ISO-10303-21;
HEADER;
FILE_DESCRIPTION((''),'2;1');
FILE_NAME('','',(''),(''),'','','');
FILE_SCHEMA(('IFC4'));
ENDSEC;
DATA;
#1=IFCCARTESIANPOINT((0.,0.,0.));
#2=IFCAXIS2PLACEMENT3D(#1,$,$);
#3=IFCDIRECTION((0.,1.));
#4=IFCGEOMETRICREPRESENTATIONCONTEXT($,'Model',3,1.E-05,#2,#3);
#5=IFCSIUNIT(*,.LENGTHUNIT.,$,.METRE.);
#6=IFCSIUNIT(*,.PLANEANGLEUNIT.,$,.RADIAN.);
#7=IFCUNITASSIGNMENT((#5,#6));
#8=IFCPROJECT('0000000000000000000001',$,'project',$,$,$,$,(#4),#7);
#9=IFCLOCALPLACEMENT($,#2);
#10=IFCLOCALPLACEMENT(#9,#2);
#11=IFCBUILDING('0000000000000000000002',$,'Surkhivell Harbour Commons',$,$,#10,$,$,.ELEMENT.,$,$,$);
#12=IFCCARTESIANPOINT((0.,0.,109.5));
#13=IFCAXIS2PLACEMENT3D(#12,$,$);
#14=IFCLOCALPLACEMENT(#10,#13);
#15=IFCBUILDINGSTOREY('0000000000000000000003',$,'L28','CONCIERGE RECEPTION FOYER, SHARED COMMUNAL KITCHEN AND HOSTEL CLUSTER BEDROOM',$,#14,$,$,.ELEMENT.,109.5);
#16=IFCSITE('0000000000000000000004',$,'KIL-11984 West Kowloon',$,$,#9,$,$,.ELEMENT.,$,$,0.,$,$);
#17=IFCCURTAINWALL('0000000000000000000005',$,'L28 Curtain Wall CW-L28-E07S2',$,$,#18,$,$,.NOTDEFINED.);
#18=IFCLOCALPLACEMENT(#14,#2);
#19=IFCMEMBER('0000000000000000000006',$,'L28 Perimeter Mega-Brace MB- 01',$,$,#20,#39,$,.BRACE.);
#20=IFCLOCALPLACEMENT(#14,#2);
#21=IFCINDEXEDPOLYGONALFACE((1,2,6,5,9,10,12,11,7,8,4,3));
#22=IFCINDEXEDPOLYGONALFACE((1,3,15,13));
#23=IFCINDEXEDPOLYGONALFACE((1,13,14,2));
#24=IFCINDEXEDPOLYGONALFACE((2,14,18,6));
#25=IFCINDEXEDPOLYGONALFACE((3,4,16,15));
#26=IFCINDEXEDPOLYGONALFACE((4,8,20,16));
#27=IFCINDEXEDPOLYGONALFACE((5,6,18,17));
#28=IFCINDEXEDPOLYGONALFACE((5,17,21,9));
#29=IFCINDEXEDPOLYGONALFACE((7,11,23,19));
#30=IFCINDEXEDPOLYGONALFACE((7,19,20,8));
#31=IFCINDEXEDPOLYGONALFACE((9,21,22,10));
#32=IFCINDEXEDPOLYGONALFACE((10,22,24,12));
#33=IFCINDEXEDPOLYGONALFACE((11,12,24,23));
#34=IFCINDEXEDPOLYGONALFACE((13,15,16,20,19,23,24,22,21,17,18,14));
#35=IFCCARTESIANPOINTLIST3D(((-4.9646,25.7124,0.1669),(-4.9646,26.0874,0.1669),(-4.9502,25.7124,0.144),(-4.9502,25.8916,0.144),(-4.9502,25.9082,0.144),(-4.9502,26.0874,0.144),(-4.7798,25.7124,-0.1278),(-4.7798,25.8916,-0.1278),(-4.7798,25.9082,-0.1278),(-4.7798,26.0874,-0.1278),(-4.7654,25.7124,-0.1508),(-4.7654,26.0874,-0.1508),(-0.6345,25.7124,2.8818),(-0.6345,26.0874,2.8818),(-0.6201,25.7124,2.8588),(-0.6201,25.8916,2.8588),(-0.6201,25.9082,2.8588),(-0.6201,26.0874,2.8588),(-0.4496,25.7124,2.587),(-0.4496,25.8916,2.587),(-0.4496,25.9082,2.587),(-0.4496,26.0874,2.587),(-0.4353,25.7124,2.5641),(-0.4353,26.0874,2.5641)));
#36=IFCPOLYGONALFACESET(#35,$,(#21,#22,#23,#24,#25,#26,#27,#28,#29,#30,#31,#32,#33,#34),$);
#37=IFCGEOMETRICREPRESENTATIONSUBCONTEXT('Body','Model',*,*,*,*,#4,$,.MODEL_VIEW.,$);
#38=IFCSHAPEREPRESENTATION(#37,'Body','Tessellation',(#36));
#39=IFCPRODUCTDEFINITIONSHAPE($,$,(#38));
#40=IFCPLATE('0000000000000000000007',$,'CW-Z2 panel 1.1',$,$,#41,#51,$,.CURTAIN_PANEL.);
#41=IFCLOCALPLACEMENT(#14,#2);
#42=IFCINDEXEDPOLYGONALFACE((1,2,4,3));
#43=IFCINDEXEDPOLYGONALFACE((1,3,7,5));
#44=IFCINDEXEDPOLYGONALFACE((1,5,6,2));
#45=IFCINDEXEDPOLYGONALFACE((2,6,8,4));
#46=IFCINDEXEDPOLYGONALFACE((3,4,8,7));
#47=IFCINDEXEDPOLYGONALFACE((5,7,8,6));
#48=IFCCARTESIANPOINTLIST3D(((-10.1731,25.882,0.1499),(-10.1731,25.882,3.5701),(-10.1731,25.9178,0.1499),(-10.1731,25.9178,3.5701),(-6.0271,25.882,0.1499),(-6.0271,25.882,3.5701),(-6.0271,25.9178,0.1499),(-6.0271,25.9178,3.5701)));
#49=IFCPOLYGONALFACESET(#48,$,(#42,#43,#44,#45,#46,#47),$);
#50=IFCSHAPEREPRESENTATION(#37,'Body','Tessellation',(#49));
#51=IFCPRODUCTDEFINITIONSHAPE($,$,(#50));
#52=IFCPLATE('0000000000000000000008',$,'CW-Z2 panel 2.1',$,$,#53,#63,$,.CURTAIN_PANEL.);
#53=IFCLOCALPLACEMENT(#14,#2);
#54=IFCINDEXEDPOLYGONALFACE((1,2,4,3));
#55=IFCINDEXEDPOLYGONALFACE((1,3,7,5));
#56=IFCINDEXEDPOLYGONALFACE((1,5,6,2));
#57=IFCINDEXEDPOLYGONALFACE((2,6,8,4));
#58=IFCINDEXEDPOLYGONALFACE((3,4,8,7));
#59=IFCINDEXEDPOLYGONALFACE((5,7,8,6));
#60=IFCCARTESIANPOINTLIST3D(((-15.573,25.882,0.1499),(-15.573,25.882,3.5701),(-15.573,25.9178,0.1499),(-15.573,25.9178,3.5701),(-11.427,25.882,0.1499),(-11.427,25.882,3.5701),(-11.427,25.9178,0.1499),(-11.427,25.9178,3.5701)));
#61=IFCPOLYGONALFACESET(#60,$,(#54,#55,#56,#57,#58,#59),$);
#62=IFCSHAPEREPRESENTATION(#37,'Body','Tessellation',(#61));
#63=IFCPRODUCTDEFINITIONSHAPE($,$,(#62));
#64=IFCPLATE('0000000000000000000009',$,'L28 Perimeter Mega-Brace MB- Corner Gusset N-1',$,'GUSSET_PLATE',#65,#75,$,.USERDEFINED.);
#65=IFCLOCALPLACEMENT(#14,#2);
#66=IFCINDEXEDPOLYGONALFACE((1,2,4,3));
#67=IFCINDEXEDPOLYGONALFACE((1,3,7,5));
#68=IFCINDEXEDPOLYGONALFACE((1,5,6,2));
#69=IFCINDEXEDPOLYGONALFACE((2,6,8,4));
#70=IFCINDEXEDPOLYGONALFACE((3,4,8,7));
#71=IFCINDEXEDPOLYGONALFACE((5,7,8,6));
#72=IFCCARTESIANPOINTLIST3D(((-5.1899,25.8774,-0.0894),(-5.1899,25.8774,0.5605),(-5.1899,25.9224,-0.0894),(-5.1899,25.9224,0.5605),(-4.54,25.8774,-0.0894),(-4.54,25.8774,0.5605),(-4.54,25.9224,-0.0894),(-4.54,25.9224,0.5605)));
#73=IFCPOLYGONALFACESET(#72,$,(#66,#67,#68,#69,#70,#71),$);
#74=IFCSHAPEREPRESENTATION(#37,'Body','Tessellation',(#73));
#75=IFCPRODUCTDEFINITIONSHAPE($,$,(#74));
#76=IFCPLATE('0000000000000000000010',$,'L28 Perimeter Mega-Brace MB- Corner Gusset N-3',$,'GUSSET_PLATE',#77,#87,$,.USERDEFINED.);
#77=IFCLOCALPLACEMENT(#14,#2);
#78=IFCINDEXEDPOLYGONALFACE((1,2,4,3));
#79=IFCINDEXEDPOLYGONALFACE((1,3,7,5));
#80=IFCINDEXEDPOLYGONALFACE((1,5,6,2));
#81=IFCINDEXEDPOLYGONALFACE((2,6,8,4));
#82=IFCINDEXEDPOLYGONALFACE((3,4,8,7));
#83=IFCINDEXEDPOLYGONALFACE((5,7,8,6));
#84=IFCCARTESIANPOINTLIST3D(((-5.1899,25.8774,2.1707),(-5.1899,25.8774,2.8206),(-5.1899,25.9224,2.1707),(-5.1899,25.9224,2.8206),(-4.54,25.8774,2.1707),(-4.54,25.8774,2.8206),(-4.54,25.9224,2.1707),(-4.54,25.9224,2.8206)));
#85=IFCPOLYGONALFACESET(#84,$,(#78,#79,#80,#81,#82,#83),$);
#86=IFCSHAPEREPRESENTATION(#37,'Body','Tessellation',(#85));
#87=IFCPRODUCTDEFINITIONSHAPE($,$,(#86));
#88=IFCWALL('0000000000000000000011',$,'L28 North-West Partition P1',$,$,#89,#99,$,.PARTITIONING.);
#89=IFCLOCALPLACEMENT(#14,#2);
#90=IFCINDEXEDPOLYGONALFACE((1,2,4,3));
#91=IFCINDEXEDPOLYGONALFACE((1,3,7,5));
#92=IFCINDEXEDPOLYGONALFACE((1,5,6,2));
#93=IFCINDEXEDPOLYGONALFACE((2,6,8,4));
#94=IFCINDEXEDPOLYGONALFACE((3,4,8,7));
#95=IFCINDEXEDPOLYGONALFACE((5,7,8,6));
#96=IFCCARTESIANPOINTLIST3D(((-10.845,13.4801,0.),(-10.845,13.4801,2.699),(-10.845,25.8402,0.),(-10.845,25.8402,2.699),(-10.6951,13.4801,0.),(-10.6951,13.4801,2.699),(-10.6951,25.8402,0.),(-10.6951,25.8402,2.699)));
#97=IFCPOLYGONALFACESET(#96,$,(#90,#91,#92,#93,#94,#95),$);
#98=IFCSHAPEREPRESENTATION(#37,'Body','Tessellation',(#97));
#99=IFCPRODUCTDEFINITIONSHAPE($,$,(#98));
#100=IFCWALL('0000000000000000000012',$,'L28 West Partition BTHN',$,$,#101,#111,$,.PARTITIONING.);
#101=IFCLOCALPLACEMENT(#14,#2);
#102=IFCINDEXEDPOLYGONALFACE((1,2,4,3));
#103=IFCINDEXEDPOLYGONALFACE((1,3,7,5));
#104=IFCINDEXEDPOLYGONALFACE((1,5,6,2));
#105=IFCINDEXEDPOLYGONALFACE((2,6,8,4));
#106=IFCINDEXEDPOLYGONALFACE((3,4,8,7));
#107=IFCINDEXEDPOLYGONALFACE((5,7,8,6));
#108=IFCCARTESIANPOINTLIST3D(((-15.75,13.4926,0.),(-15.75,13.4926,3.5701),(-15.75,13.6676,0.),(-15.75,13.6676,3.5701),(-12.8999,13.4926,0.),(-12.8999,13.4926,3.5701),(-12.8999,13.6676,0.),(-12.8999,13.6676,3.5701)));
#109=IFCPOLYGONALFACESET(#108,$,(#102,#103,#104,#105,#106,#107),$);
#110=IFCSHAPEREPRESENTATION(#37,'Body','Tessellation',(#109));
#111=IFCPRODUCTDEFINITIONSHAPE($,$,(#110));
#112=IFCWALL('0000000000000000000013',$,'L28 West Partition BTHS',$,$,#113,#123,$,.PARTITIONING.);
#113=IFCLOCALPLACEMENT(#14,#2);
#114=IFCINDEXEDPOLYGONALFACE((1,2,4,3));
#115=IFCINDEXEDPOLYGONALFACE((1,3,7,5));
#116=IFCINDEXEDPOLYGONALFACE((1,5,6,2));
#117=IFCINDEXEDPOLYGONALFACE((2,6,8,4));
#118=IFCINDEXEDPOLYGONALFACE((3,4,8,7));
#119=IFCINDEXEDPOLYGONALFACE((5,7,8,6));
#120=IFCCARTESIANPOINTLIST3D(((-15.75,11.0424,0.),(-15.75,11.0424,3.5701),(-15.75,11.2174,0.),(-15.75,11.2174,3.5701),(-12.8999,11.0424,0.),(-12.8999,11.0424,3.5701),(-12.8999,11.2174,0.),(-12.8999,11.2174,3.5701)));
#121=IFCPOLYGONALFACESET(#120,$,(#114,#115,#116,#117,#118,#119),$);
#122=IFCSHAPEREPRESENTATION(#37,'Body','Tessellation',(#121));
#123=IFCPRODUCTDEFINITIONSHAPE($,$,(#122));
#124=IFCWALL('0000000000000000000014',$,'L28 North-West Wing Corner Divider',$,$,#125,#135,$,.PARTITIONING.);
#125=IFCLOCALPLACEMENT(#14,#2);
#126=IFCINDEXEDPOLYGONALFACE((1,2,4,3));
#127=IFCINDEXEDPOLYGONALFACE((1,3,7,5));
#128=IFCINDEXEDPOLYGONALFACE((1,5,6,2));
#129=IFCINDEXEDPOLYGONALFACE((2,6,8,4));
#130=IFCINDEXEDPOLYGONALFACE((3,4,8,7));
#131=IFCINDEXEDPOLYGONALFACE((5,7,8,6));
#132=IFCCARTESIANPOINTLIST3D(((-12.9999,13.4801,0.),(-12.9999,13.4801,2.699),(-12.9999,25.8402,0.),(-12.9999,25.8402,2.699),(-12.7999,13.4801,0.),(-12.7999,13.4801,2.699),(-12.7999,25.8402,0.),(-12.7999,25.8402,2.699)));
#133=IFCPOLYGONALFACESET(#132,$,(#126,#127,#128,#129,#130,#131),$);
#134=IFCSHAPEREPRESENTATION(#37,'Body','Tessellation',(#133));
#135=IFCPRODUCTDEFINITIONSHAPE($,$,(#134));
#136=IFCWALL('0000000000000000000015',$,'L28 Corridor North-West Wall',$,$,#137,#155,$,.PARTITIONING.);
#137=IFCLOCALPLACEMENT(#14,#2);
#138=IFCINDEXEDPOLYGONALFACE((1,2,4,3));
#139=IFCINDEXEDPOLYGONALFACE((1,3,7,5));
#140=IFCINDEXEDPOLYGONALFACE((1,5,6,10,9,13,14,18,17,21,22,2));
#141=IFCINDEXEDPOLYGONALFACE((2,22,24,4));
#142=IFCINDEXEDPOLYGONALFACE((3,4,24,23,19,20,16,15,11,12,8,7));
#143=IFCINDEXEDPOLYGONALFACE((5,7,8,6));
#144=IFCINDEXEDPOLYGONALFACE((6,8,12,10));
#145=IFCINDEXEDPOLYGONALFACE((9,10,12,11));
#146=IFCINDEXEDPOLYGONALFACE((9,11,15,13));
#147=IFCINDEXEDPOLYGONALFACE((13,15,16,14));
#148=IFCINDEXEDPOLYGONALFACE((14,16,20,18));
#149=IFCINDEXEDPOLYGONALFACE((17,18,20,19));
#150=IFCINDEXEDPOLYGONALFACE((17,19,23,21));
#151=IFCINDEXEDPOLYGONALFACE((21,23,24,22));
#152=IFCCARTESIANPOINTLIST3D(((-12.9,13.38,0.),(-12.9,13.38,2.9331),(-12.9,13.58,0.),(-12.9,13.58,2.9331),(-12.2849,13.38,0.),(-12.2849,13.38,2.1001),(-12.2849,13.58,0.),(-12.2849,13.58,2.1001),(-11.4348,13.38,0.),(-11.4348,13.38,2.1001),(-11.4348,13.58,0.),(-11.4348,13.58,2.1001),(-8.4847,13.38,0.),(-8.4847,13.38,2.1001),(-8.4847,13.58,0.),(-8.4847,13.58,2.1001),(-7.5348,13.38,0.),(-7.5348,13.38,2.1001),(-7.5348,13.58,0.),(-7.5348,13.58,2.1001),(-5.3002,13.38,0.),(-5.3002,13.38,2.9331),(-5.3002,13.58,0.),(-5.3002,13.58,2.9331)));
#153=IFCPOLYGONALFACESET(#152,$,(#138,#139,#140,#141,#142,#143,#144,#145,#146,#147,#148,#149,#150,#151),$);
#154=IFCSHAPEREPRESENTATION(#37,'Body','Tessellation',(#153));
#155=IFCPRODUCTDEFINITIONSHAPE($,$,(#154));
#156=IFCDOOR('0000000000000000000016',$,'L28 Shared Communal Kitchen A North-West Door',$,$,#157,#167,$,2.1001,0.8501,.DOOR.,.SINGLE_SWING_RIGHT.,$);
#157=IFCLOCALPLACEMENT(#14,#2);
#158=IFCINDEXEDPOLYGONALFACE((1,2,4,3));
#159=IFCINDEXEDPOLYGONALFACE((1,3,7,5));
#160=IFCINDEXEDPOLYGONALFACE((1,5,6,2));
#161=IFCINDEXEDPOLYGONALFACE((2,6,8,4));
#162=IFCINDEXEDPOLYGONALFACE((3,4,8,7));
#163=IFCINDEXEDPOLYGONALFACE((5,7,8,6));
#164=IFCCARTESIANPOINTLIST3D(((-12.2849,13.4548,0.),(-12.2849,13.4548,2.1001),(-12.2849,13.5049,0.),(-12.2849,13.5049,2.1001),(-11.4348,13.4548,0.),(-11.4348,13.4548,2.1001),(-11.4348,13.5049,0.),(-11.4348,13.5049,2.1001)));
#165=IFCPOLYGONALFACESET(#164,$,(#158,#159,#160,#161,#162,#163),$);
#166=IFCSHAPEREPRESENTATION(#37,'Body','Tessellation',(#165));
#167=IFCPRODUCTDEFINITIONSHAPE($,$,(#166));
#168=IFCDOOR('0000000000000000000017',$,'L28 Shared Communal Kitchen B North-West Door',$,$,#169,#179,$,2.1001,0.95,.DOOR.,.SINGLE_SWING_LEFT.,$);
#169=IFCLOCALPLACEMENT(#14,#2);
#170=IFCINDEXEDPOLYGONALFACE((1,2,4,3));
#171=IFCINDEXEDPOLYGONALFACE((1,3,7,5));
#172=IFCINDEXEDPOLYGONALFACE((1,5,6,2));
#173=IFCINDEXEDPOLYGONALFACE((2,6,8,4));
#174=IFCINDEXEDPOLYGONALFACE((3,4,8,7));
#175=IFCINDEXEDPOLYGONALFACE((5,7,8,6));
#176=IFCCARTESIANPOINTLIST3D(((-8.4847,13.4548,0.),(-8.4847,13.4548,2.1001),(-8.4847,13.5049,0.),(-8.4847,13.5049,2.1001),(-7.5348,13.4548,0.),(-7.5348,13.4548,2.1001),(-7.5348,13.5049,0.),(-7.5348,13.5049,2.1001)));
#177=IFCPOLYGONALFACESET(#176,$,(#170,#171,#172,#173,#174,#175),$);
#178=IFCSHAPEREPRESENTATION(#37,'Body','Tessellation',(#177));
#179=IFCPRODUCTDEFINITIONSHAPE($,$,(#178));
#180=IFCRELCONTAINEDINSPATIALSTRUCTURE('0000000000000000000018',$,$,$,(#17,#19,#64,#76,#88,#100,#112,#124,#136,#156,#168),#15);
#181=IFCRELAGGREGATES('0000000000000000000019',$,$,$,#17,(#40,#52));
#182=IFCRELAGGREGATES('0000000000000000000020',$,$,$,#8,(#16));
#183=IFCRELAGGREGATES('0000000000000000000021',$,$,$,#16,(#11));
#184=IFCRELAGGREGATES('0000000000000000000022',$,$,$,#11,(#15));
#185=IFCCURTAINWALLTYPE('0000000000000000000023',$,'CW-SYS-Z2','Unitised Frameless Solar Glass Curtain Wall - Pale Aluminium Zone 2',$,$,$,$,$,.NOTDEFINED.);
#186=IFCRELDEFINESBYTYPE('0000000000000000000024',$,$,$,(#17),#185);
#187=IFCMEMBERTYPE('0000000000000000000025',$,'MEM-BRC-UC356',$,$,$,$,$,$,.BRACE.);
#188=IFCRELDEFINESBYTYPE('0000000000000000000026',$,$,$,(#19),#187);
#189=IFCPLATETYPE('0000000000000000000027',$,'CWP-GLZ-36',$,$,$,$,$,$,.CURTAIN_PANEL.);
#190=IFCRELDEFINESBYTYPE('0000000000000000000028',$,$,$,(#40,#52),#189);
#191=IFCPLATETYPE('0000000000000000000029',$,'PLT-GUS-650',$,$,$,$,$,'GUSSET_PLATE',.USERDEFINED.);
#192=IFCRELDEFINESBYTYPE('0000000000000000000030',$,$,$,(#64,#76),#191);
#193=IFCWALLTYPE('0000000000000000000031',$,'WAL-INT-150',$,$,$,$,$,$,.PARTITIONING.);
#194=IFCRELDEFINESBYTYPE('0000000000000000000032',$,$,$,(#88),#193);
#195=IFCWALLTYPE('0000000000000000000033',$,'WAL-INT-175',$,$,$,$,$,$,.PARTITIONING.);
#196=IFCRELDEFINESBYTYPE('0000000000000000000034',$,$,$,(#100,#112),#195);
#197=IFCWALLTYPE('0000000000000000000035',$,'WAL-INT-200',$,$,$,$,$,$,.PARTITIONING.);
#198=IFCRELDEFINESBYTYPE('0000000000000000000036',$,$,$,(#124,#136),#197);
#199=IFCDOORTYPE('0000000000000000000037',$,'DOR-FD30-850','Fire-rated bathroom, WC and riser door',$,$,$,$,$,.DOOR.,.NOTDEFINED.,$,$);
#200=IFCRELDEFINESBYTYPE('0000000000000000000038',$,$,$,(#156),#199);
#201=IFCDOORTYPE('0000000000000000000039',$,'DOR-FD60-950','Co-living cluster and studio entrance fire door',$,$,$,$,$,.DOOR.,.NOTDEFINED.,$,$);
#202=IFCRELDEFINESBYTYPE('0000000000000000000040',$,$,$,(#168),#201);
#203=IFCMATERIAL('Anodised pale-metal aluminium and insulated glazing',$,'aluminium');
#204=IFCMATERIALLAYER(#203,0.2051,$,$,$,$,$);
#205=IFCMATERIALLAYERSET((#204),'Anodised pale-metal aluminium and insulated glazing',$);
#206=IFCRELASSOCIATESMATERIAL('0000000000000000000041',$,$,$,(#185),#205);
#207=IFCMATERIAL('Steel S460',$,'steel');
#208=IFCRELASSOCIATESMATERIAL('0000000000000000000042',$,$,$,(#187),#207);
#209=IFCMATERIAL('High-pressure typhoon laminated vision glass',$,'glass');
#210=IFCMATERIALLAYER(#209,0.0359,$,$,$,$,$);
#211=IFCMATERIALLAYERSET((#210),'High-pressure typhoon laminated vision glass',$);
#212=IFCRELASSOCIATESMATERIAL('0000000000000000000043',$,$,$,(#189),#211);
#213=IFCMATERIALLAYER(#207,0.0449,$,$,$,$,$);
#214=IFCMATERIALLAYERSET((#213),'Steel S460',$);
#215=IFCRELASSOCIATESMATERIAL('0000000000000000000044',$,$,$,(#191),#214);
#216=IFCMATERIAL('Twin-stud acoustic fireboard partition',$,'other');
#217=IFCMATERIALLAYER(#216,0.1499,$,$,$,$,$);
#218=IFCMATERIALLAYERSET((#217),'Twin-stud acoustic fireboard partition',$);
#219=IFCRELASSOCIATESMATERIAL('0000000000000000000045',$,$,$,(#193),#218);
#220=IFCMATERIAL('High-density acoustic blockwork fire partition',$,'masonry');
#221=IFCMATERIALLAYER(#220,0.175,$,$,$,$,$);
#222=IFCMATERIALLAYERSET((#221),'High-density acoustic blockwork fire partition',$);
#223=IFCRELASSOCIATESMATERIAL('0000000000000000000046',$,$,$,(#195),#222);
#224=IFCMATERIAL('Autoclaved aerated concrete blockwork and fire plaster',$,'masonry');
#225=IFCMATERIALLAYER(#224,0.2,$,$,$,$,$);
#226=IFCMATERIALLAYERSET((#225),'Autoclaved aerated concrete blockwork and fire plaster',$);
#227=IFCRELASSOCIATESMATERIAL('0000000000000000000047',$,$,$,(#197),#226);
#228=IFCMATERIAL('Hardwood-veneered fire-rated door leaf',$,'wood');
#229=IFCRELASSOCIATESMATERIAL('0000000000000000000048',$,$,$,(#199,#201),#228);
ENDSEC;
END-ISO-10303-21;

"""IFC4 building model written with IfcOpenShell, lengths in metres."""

from ifc_helpers import new_model, si_unit, direction, frame, frame_2d, origin, origin_2d, place, context, subcontext, project, spatial, rectangle, i_section, extrude, material, layer, layer_set, material_profile, profile_set, type_object, element, fill, aggregate, save


model = new_model("IFC4")

# Units and contexts
model_context = context("Model", 3, precision=1e-05, world=origin(), true_north=direction((0.0, 1.0)))
body_context = subcontext(model_context, "Body", "Model", "MODEL_VIEW")
ifc_project = project(units=[si_unit("LENGTHUNIT", "METRE"), si_unit("PLANEANGLEUNIT", "RADIAN")], contexts=[model_context])

# Site, building, storey
site_placement = place(None, origin())
site = spatial("IfcSite", under=ifc_project, at=site_placement, Name="KIL-11984 West Kowloon", CompositionType="ELEMENT", RefElevation=0.0)
building_placement = place(site_placement, origin())
building = spatial("IfcBuilding", under=site, at=building_placement, Name="Surkhivell Harbour Commons", CompositionType="ELEMENT")
storey_placement = place(building_placement, frame((0.0, 0.0, 109.5)))
storey = spatial("IfcBuildingStorey", under=building, at=storey_placement, Name="L28", Description="CONCIERGE RECEPTION FOYER, SHARED COMMUNAL KITCHEN AND HOSTEL CLUSTER BEDROOM", CompositionType="ELEMENT", Elevation=109.5)

# Shared definitions
ifc_material_1 = material(Name="Steel S460", Category="steel")

# Curtain wall
ifc_material_2 = material(Name="Anodised pale-metal aluminium and insulated glazing", Category="aluminium")
ifc_layer_1 = layer(ifc_material_2, 0.2051)
ifc_layer_set_1 = layer_set([ifc_layer_1], Name="Anodised pale-metal aluminium and insulated glazing")
curtain_wall_type = type_object("IfcCurtainWallType", Name="CW-SYS-Z2", Description="Unitised Frameless Solar Glass Curtain Wall - Pale Aluminium Zone 2", PredefinedType="NOTDEFINED", material=ifc_layer_set_1)
curtain_wall_placement = place(storey_placement, origin())
curtain_wall = element("IfcCurtainWall", 1, at=curtain_wall_placement, inside=storey, type_object=curtain_wall_type, Name="L28 Curtain Wall CW-L28-E07S2", PredefinedType="NOTDEFINED")

# Member
ifc_material_profile_1 = material_profile(ifc_material_1, i_section(OverallWidth=0.375, OverallDepth=0.375, WebThickness=0.0166, FlangeThickness=0.0271, at=origin_2d()), Name="UC356x368x202")
ifc_profile_set_1 = profile_set([ifc_material_profile_1], Name="Steel S460")
member_type_1 = type_object("IfcMemberType", Name="MEM-BRC-UC356", PredefinedType="BRACE", material=ifc_profile_set_1)
member_1_placement = place(storey_placement, frame((-4.865, 25.8999, 0.0081), z_axis=(0.847246, 0.0, 0.531201), x_axis=(0.0, 1.0, 0.0)))
element("IfcMember", 2, at=member_1_placement, inside=storey, type_object=member_type_1, Name="L28 Perimeter Mega-Brace MB- 01", PredefinedType="BRACE", context=body_context, shape_type="SweptSolid", body=[
    extrude(i_section(OverallWidth=0.375, OverallDepth=0.375, WebThickness=0.0166, FlangeThickness=0.0271, at=origin_2d()), origin(), (0.0, 0.0, 1.0), 5.1108),
])

# Plates
ifc_material_3 = material(Name="High-pressure typhoon laminated vision glass", Category="glass")
ifc_layer_2 = layer(ifc_material_3, 0.0359)
ifc_layer_set_2 = layer_set([ifc_layer_2], Name="High-pressure typhoon laminated vision glass")
plate_type_1 = type_object("IfcPlateType", Name="CWP-GLZ-36", PredefinedType="CURTAIN_PANEL", material=ifc_layer_set_2)
plate_1_placement = place(storey_placement, frame((-6.0271, 25.8999, 0.1499), z_axis=(0.0, 0.0, 1.0), x_axis=(-1.0, 0.0, 0.0)))
plate_1 = element("IfcPlate", 3, at=plate_1_placement, type_object=plate_type_1, Name="CW-Z2 panel 1.1", PredefinedType="CURTAIN_PANEL", context=body_context, shape_type="SweptSolid", body=[
    extrude(rectangle(XDim=4.146, YDim=0.0359, at=frame_2d((2.073, 0.0))), origin(), (0.0, 0.0, 1.0), 3.4202),
])
plate_2_placement = place(storey_placement, frame((-11.427, 25.8999, 0.1499), z_axis=(0.0, 0.0, 1.0), x_axis=(-1.0, 0.0, 0.0)))
plate_2 = element("IfcPlate", 4, at=plate_2_placement, type_object=plate_type_1, Name="CW-Z2 panel 2.1", PredefinedType="CURTAIN_PANEL", context=body_context, shape_type="SweptSolid", body=[
    extrude(rectangle(XDim=4.146, YDim=0.0359, at=frame_2d((2.073, 0.0))), origin(), (0.0, 0.0, 1.0), 3.4202),
])
aggregate(curtain_wall, [plate_1, plate_2])

# Plates
ifc_layer_3 = layer(ifc_material_1, 0.0449)
ifc_layer_set_3 = layer_set([ifc_layer_3], Name="Steel S460")
plate_type_2 = type_object("IfcPlateType", Name="PLT-GUS-650", ElementType="GUSSET_PLATE", PredefinedType="USERDEFINED", material=ifc_layer_set_3)
for number, where, z_axis, x_axis, name in (
    (5, (-4.865, 25.8999, -0.0894), (0.0, 0.0, 1.0), (1.0, 0.0, 0.0), "L28 Perimeter Mega-Brace MB- Corner Gusset N-1"),
    (6, (-4.865, 25.8999, 2.1707), (0.0, 0.0, 1.0), (1.0, 0.0, 0.0), "L28 Perimeter Mega-Brace MB- Corner Gusset N-3"),
):
    element("IfcPlate", number, at=place(storey_placement, frame(where, z_axis=z_axis, x_axis=x_axis)), inside=storey, type_object=plate_type_2, Name=name, ObjectType="GUSSET_PLATE", PredefinedType="USERDEFINED", context=body_context, shape_type="SweptSolid", body=[
        extrude(rectangle(XDim=0.6499, YDim=0.0449, at=origin_2d()), origin(), (0.0, 0.0, 1.0), 0.6499),
    ])

# Walls
ifc_material_4 = material(Name="Twin-stud acoustic fireboard partition", Category="other")
ifc_layer_4 = layer(ifc_material_4, 0.1499)
ifc_layer_set_4 = layer_set([ifc_layer_4], Name="Twin-stud acoustic fireboard partition")
wall_type_1 = type_object("IfcWallType", Name="WAL-INT-150", PredefinedType="PARTITIONING", material=ifc_layer_set_4)
wall_1_placement = place(storey_placement, frame((-10.77, 13.48, 0.0), z_axis=(0.0, 0.0, 1.0), x_axis=(0.0, 1.0, 0.0)))
element("IfcWall", 7, at=wall_1_placement, inside=storey, type_object=wall_type_1, Name="L28 North-West Partition P1", PredefinedType="PARTITIONING", context=body_context, shape_type="SweptSolid", body=[
    extrude(rectangle(XDim=12.3601, YDim=0.1499, at=frame_2d((6.1802, 0.0))), origin(), (0.0, 0.0, 1.0), 2.699),
])
ifc_material_5 = material(Name="High-density acoustic blockwork fire partition", Category="masonry")
ifc_layer_5 = layer(ifc_material_5, 0.175)
ifc_layer_set_5 = layer_set([ifc_layer_5], Name="High-density acoustic blockwork fire partition")
wall_type_2 = type_object("IfcWallType", Name="WAL-INT-175", PredefinedType="PARTITIONING", material=ifc_layer_set_5)
for number, where, z_axis, x_axis, name in (
    (8, (-15.75, 13.5801, 0.0), (0.0, 0.0, 1.0), (1.0, 0.0, 0.0), "L28 West Partition BTHN"),
    (9, (-15.75, 11.1299, 0.0), (0.0, 0.0, 1.0), (1.0, 0.0, 0.0), "L28 West Partition BTHS"),
):
    element("IfcWall", number, at=place(storey_placement, frame(where, z_axis=z_axis, x_axis=x_axis)), inside=storey, type_object=wall_type_2, Name=name, PredefinedType="PARTITIONING", context=body_context, shape_type="SweptSolid", body=[
        extrude(rectangle(XDim=2.8501, YDim=0.175, at=frame_2d((1.425, 0.0))), origin(), (0.0, 0.0, 1.0), 3.5701),
    ])
ifc_material_6 = material(Name="Autoclaved aerated concrete blockwork and fire plaster", Category="masonry")
ifc_layer_6 = layer(ifc_material_6, 0.2)
ifc_layer_set_6 = layer_set([ifc_layer_6], Name="Autoclaved aerated concrete blockwork and fire plaster")
wall_type_3 = type_object("IfcWallType", Name="WAL-INT-200", PredefinedType="PARTITIONING", material=ifc_layer_set_6)
wall_2_placement = place(storey_placement, frame((-12.8999, 13.48, 0.0), z_axis=(0.0, 0.0, 1.0), x_axis=(0.0, 1.0, 0.0)))
element("IfcWall", 10, at=wall_2_placement, inside=storey, type_object=wall_type_3, Name="L28 North-West Wing Corner Divider", PredefinedType="PARTITIONING", context=body_context, shape_type="SweptSolid", body=[
    extrude(rectangle(XDim=12.3601, YDim=0.2, at=frame_2d((6.1802, 0.0))), origin(), (0.0, 0.0, 1.0), 2.699),
])

# Wall, openings, doors
wall_3_placement = place(storey_placement, frame((-12.8999, 13.48, 0.0), z_axis=(0.0, 0.0, 1.0), x_axis=(1.0, 0.0, 0.0)))
wall_3 = element("IfcWall", 11, at=wall_3_placement, inside=storey, type_object=wall_type_3, Name="L28 Corridor North-West Wall", PredefinedType="PARTITIONING", context=body_context, shape_type="SweptSolid", body=[
    extrude(rectangle(XDim=7.5999, YDim=0.2, at=frame_2d((3.7998, 0.0))), origin(), (0.0, 0.0, 1.0), 2.9331),
])
opening_1_placement = place(wall_3_placement, frame((0.615, 0.0, 0.0)))
opening_1 = element("IfcOpeningElement", 12, at=opening_1_placement, cuts=wall_3, PredefinedType="OPENING", context=body_context, shape_type="SweptSolid", body=[
    extrude(rectangle(XDim=0.8501, YDim=2.1001, at=frame_2d((0.425, 1.05))), frame((0.0, 0.1099, 0.0), z_axis=(0.0, -1.0, 0.0), x_axis=(1.0, 0.0, 0.0)), (0.0, 0.0, 1.0), 0.22),
])
opening_2_placement = place(wall_3_placement, frame((4.415, 0.0, 0.0)))
opening_2 = element("IfcOpeningElement", 13, at=opening_2_placement, cuts=wall_3, PredefinedType="OPENING", context=body_context, shape_type="SweptSolid", body=[
    extrude(rectangle(XDim=0.95, YDim=2.1001, at=frame_2d((0.4751, 1.05))), frame((0.0, 0.1099, 0.0), z_axis=(0.0, -1.0, 0.0), x_axis=(1.0, 0.0, 0.0)), (0.0, 0.0, 1.0), 0.22),
])
ifc_material_7 = material(Name="Hardwood-veneered fire-rated door leaf", Category="wood")
door_type_1 = type_object("IfcDoorType", Name="DOR-FD30-850", Description="Fire-rated bathroom, WC and riser door", OperationType="NOTDEFINED", PredefinedType="DOOR", material=ifc_material_7)
door_1_placement = place(opening_1_placement, origin())
door_1 = element("IfcDoor", 14, at=door_1_placement, inside=storey, type_object=door_type_1, Name="L28 Shared Communal Kitchen A North-West Door", OperationType="SINGLE_SWING_RIGHT", OverallHeight=2.1001, OverallWidth=0.8501, PredefinedType="DOOR", context=body_context, shape_type="SweptSolid", body=[
    extrude(rectangle(XDim=0.8501, YDim=2.1001, at=frame_2d((0.425, 1.05))), frame((0.0, 0.0249, 0.0), z_axis=(0.0, -1.0, 0.0), x_axis=(1.0, 0.0, 0.0)), (0.0, 0.0, 1.0), 0.05),
])
fill(opening_1, door_1)
door_type_2 = type_object("IfcDoorType", Name="DOR-FD60-950", Description="Co-living cluster and studio entrance fire door", OperationType="NOTDEFINED", PredefinedType="DOOR", material=ifc_material_7)
door_2_placement = place(opening_2_placement, origin())
door_2 = element("IfcDoor", 15, at=door_2_placement, inside=storey, type_object=door_type_2, Name="L28 Shared Communal Kitchen B North-West Door", OperationType="SINGLE_SWING_LEFT", OverallHeight=2.1001, OverallWidth=0.95, PredefinedType="DOOR", context=body_context, shape_type="SweptSolid", body=[
    extrude(rectangle(XDim=0.95, YDim=2.1001, at=frame_2d((0.4751, 1.05))), frame((0.0, 0.0249, 0.0), z_axis=(0.0, -1.0, 0.0), x_axis=(1.0, 0.0, 0.0)), (0.0, 0.0, 1.0), 0.05),
])
fill(opening_2, door_2)

save(model, "model.ifc")
